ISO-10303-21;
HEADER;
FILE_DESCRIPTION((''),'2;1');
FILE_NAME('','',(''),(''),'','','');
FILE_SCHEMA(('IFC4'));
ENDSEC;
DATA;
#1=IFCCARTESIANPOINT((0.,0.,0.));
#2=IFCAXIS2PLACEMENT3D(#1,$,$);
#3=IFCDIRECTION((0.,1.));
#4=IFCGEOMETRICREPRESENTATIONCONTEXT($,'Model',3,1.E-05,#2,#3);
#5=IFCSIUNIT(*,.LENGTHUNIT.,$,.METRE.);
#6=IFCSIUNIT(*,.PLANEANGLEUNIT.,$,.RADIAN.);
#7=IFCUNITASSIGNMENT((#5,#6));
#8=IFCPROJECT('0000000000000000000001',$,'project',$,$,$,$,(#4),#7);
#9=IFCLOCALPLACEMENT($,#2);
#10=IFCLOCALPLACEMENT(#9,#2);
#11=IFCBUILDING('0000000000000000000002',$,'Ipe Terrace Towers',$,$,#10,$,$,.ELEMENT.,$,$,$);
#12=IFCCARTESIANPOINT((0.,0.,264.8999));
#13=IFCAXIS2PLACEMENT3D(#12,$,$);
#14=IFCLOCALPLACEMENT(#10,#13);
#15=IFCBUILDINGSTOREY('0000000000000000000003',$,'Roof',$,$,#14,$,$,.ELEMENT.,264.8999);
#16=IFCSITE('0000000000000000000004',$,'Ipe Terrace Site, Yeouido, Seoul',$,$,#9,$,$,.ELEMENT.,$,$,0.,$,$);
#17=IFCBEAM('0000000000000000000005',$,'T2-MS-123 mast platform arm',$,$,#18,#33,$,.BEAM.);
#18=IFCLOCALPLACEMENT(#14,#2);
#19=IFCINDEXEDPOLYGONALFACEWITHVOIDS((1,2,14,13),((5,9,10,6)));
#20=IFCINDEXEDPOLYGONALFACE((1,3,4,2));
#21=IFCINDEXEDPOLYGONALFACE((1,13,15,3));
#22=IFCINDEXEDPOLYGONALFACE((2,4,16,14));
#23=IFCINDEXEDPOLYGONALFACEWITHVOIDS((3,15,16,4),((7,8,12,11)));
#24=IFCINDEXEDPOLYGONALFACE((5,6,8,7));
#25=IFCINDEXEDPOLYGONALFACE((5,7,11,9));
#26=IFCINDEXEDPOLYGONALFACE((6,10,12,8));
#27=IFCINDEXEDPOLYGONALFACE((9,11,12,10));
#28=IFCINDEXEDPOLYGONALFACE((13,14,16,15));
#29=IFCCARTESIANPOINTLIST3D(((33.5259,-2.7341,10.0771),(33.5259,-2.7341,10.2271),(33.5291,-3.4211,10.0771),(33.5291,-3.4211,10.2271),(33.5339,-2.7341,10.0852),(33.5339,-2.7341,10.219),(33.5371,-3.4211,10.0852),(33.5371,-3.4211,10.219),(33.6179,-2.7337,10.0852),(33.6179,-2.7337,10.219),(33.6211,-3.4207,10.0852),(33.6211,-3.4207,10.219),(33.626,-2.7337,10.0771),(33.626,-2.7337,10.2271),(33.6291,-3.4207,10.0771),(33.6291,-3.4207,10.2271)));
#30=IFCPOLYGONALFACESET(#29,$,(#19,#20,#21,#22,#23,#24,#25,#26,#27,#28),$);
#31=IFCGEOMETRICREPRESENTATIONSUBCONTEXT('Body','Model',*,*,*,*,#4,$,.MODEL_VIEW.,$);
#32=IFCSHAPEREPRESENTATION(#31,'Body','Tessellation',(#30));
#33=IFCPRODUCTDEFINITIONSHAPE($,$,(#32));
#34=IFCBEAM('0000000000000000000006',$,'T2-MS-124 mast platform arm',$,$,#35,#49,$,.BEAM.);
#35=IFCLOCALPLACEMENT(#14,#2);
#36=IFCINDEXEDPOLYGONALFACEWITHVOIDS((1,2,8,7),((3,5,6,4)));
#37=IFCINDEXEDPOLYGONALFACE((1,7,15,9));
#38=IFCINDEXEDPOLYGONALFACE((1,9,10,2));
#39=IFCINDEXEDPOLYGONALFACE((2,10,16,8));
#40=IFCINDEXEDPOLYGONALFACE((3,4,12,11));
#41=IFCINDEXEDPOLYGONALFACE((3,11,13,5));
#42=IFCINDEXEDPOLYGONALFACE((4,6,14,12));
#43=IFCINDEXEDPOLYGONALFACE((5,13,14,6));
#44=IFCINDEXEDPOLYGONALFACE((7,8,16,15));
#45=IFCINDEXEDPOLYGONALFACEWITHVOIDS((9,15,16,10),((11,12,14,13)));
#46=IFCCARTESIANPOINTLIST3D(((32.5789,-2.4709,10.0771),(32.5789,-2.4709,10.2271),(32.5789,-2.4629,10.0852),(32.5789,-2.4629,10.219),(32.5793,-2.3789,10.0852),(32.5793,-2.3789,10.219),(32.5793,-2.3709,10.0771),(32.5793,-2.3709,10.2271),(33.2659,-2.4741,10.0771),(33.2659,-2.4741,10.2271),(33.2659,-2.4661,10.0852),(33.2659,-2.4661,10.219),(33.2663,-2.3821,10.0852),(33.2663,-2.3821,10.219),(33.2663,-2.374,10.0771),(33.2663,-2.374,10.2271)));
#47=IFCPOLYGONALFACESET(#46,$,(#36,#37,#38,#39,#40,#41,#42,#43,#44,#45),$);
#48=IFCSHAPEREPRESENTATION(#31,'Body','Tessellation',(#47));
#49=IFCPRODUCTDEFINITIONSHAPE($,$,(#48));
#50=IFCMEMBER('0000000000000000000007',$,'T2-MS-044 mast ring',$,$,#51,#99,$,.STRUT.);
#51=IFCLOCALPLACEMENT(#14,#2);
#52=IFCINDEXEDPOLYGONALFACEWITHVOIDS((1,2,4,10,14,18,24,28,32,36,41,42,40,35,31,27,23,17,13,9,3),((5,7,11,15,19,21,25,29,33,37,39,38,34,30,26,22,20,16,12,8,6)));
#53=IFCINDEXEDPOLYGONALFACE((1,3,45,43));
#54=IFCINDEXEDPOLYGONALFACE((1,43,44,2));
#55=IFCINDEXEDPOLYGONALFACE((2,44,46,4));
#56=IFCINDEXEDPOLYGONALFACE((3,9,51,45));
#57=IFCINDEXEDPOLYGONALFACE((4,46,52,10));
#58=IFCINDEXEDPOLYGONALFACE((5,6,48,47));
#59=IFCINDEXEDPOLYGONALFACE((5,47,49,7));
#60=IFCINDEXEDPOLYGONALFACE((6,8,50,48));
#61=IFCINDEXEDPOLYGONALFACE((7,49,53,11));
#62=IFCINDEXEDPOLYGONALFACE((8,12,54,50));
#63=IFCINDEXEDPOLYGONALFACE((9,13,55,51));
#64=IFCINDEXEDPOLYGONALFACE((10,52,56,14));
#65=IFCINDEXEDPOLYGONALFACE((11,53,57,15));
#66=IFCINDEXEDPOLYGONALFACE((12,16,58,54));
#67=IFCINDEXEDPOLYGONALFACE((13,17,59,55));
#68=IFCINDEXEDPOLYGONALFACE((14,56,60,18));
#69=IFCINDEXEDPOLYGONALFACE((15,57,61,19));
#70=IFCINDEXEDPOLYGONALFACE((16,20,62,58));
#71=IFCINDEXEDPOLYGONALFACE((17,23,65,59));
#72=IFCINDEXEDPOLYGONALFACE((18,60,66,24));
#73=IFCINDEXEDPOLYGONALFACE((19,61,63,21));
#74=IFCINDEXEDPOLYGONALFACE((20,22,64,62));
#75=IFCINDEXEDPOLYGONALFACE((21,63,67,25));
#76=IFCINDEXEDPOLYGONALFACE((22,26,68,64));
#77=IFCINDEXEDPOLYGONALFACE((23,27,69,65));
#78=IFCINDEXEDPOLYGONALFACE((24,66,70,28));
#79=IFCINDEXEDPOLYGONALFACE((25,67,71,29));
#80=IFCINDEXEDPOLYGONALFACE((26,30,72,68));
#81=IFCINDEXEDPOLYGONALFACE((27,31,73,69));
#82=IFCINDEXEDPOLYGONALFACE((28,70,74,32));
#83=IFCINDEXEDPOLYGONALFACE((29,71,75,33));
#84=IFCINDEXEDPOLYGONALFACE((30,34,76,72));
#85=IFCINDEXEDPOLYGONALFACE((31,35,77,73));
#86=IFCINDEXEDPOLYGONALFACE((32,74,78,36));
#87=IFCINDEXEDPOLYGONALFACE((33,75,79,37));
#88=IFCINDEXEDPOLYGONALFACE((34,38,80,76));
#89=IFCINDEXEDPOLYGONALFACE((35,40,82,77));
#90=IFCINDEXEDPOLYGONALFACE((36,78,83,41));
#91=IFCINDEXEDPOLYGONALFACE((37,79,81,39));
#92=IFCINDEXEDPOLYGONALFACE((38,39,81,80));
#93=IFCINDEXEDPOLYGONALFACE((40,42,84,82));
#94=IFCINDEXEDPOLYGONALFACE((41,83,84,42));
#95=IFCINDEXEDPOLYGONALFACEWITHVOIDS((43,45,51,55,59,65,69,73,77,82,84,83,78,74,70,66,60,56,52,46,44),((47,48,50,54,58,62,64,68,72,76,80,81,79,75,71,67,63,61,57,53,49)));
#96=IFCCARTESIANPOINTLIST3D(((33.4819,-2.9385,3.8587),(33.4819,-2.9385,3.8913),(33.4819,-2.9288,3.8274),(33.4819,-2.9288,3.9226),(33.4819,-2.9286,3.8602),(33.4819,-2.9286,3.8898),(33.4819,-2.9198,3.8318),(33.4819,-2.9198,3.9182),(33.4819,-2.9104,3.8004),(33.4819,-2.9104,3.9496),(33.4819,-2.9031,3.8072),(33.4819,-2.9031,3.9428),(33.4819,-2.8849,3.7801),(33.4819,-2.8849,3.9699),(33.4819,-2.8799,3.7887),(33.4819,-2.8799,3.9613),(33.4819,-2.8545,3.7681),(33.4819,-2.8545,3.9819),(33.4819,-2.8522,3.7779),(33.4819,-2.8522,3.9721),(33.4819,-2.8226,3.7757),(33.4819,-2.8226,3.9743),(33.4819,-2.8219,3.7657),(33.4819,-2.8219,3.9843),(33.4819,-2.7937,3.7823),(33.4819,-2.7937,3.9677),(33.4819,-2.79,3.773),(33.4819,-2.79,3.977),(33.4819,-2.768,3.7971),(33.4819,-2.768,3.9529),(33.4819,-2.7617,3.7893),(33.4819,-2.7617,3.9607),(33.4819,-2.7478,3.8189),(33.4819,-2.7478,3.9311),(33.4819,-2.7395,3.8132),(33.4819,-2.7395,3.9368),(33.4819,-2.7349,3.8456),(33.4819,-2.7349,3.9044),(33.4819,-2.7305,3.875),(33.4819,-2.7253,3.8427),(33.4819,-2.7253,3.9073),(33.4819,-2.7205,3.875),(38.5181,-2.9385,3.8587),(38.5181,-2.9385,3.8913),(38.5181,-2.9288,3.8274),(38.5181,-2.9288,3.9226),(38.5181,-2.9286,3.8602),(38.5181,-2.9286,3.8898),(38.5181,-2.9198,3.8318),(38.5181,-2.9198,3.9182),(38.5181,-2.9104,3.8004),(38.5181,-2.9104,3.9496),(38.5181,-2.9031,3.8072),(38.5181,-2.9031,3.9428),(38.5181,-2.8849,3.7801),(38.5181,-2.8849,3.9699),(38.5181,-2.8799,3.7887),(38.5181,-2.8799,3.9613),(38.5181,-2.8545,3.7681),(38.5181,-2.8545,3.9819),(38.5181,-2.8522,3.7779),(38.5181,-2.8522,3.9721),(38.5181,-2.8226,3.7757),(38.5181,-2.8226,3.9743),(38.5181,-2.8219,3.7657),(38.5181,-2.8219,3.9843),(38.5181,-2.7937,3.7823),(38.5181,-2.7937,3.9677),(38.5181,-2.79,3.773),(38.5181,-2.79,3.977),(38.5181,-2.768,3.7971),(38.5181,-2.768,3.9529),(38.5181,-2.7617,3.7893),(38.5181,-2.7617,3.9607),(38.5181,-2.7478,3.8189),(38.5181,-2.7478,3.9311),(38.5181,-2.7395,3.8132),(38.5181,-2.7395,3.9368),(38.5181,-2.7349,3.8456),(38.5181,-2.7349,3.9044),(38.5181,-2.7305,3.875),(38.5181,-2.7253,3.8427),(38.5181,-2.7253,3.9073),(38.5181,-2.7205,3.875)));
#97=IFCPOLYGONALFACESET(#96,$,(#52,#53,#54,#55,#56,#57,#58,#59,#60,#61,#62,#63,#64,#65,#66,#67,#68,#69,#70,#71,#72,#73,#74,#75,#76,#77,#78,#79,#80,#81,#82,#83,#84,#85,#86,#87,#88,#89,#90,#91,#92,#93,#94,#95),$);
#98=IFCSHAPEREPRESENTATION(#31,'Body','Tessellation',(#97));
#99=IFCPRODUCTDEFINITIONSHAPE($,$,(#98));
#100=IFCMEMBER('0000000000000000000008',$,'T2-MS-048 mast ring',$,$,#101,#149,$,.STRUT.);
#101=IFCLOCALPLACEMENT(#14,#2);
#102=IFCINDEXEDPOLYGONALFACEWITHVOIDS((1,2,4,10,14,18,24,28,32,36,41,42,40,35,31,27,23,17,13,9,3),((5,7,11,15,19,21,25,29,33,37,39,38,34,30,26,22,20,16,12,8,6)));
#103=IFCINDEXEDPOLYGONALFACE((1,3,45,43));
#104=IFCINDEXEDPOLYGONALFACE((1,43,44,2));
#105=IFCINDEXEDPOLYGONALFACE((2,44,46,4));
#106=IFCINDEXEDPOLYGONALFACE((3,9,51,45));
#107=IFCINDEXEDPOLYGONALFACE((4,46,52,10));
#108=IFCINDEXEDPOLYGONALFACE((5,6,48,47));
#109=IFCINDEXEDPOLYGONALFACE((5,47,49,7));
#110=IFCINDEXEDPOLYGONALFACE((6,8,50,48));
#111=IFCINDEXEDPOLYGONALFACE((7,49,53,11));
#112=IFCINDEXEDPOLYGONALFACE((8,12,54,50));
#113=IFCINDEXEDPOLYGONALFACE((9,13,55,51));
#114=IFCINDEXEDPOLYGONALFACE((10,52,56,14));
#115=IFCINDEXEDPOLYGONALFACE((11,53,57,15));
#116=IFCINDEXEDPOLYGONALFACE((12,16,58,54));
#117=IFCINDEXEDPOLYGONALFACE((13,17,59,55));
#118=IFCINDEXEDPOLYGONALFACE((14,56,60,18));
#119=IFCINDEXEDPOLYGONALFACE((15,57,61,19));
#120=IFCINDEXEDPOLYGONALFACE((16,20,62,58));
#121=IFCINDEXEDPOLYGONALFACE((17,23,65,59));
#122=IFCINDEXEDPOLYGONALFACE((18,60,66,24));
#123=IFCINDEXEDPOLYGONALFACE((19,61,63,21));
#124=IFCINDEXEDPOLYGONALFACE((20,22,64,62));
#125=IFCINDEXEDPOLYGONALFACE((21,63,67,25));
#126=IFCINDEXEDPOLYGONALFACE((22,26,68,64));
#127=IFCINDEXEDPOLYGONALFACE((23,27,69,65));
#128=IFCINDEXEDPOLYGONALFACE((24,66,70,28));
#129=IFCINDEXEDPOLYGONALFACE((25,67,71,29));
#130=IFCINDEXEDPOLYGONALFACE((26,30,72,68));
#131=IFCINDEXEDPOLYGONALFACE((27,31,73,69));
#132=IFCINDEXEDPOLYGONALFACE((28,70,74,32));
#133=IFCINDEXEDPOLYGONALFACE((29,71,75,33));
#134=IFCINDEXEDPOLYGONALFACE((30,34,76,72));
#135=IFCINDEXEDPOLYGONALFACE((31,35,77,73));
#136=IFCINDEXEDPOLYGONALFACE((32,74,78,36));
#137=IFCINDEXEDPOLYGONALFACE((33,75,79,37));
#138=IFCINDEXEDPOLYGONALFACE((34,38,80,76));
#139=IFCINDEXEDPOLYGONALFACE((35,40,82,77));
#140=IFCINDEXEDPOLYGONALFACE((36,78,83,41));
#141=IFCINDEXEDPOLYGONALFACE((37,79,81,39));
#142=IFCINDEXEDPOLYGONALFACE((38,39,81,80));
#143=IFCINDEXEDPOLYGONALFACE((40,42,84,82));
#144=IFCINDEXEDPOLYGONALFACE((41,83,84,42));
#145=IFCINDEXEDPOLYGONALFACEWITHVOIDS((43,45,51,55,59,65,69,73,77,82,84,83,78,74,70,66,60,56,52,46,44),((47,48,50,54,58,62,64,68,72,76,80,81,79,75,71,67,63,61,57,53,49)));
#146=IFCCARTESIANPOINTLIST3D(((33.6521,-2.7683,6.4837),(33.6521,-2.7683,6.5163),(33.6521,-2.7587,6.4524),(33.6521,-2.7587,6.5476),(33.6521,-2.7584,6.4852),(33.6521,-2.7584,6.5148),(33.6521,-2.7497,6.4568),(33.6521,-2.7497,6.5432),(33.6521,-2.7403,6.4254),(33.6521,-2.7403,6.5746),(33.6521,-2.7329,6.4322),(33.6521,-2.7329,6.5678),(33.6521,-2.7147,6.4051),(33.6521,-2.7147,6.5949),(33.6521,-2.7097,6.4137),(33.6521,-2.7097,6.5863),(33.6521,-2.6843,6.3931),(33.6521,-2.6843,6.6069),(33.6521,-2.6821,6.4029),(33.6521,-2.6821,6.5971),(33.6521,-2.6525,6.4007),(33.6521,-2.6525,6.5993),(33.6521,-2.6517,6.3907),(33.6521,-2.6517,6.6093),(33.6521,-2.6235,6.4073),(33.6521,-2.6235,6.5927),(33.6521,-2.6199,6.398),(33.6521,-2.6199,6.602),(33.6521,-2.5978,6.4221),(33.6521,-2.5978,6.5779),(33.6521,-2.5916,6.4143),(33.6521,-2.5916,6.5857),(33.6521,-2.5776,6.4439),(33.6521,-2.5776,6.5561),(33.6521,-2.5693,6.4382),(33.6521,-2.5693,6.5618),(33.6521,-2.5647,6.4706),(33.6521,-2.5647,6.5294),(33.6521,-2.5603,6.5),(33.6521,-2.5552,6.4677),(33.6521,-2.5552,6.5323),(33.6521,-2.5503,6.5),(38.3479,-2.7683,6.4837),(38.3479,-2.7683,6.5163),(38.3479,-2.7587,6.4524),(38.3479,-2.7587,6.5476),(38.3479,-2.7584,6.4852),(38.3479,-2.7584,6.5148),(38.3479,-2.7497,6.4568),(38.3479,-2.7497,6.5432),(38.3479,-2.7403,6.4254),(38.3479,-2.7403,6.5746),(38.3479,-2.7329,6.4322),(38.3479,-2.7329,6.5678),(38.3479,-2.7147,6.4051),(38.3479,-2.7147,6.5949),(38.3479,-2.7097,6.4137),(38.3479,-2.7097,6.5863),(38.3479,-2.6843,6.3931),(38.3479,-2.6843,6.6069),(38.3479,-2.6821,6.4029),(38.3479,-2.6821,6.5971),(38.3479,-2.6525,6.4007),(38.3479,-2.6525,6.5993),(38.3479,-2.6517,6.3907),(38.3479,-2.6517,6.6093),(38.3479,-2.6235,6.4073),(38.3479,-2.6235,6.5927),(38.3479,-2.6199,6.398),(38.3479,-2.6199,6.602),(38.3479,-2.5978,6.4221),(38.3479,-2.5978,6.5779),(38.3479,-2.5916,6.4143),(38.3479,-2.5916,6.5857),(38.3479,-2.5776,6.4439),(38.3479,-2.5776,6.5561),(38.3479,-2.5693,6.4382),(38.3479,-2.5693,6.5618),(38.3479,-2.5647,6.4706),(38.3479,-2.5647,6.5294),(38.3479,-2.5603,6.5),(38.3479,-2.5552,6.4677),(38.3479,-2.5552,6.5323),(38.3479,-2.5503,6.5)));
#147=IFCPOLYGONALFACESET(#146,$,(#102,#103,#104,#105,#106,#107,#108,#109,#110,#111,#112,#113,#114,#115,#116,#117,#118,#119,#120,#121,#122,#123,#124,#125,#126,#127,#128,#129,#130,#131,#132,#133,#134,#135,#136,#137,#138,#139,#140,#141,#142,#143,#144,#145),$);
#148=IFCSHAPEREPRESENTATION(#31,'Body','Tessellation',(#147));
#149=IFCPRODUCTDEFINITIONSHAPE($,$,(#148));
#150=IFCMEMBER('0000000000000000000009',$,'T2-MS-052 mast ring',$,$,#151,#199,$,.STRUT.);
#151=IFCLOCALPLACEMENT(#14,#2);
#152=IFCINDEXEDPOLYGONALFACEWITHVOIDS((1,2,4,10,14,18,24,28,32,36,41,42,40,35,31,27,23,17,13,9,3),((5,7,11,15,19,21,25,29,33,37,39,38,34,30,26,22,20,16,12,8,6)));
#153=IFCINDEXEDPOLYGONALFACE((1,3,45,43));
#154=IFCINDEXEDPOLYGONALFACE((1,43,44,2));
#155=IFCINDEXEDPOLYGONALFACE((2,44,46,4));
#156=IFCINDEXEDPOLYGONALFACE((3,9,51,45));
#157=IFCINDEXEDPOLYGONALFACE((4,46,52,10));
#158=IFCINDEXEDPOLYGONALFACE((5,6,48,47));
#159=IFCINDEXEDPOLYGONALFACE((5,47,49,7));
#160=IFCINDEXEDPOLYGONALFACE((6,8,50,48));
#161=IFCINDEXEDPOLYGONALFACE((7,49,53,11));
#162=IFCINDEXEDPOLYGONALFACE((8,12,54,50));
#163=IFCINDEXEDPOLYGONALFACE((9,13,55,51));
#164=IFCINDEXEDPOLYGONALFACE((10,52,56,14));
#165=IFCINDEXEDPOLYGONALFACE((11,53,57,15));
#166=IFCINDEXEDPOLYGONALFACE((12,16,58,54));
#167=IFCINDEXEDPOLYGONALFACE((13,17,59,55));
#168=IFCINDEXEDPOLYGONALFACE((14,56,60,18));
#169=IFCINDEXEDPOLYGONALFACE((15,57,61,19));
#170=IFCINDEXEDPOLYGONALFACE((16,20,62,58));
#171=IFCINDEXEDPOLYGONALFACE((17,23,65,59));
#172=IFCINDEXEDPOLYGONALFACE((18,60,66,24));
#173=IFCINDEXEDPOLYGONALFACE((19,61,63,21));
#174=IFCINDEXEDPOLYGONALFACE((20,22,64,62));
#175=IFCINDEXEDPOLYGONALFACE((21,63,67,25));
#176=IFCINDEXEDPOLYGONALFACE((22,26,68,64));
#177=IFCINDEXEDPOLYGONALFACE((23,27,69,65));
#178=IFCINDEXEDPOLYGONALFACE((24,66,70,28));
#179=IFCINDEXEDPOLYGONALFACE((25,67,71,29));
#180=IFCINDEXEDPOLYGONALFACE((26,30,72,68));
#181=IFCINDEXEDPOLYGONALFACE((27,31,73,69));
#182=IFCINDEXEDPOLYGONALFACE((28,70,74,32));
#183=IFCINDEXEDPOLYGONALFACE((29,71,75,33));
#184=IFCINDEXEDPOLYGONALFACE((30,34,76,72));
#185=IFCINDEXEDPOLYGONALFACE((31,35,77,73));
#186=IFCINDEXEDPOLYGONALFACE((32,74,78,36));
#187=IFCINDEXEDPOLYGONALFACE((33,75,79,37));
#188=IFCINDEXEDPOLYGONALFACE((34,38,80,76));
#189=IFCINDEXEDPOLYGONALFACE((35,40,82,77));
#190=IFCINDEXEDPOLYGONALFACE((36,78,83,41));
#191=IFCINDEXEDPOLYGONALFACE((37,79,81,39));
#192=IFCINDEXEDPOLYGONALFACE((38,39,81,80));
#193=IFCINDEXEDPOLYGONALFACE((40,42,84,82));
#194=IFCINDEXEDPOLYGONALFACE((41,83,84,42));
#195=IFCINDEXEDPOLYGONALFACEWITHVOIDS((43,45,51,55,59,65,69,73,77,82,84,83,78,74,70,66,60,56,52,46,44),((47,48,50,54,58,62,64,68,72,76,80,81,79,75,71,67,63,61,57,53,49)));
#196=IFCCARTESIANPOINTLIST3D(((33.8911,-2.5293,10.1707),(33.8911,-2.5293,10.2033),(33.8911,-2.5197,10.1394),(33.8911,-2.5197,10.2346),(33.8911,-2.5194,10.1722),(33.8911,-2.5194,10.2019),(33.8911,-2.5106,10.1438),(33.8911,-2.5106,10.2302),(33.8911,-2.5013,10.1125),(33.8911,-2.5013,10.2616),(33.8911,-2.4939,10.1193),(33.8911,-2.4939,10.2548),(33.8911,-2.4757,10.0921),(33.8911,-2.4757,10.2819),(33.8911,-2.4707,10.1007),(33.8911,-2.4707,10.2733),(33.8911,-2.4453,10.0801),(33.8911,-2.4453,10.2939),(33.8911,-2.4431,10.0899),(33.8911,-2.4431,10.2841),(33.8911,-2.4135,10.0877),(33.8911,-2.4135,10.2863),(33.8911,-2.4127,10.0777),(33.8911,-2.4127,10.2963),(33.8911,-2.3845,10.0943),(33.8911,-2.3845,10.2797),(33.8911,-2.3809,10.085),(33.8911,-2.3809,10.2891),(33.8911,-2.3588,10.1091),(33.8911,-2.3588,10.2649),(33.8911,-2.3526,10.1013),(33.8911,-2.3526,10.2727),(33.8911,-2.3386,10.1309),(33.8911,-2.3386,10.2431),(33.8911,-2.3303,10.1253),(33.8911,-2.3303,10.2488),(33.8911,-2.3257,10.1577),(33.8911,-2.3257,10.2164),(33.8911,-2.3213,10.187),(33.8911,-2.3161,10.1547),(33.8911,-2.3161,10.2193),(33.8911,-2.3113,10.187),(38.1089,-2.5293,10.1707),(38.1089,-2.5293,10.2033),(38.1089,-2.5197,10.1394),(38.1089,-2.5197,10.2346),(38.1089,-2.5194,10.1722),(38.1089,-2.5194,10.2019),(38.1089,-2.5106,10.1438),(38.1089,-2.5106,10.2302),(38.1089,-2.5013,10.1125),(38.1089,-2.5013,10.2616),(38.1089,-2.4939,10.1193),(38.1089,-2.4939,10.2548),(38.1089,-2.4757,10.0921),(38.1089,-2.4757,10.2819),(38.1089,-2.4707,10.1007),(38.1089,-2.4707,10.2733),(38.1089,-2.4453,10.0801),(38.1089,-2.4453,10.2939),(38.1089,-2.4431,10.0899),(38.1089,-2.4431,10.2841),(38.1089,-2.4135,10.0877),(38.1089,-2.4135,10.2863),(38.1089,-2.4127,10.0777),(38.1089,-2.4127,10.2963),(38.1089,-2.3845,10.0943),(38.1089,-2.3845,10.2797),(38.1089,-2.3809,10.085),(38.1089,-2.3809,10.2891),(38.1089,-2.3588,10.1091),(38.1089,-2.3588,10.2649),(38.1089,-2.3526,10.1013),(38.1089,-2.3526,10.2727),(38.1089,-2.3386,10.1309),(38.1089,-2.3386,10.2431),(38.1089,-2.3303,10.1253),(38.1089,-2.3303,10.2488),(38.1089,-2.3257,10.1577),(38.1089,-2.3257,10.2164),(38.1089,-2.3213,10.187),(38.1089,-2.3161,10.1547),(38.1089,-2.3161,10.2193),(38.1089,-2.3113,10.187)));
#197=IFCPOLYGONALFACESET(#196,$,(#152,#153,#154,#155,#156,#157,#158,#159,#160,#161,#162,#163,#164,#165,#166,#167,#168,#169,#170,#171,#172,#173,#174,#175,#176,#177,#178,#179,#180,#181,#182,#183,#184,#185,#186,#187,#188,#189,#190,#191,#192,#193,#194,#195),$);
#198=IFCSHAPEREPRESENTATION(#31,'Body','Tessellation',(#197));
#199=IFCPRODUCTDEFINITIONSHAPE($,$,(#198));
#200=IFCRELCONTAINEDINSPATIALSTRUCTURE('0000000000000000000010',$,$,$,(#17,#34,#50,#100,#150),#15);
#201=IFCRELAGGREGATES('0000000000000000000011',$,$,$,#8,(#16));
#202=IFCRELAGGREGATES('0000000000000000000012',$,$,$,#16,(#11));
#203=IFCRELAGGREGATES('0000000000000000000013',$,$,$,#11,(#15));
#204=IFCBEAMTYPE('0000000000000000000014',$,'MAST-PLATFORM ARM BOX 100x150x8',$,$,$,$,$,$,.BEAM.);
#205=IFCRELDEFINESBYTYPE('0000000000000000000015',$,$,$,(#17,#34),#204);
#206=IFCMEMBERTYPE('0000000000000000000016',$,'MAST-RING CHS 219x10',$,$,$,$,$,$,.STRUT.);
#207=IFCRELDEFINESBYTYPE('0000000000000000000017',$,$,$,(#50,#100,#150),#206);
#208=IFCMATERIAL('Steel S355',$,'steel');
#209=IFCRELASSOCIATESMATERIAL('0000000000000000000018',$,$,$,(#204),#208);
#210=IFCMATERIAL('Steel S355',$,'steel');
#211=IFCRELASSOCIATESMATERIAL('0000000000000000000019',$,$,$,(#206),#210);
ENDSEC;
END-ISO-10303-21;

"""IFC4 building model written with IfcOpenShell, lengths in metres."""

from ifc_helpers import new_model, si_unit, direction, frame, origin, origin_2d, place, context, subcontext, project, spatial, hollow_rectangle, hollow_circle, extrude, material, material_profile, profile_set, type_object, element, save


model = new_model("IFC4")

# Units and contexts
model_context = context("Model", 3, precision=1e-05, world=origin(), true_north=direction((0.0, 1.0)))
body_context = subcontext(model_context, "Body", "Model", "MODEL_VIEW")
ifc_project = project(units=[si_unit("LENGTHUNIT", "METRE"), si_unit("PLANEANGLEUNIT", "RADIAN")], contexts=[model_context])

# Site, building, storey
site_placement = place(None, origin())
site = spatial("IfcSite", under=ifc_project, at=site_placement, Name="Ipe Terrace Site, Yeouido, Seoul", CompositionType="ELEMENT", RefElevation=0.0)
building_placement = place(site_placement, origin())
building = spatial("IfcBuilding", under=site, at=building_placement, Name="Ipe Terrace Towers", CompositionType="ELEMENT")
storey_placement = place(building_placement, frame((0.0, 0.0, 264.8999)))
storey = spatial("IfcBuildingStorey", under=building, at=storey_placement, Name="Roof", CompositionType="ELEMENT", Elevation=264.8999)

# Beams
ifc_material_1 = material(Name="Steel S355", Category="steel")
ifc_material_profile_1 = material_profile(ifc_material_1, hollow_rectangle(XDim=0.1001, YDim=0.1499, WallThickness=0.0081, at=origin_2d()), Name="MAST-PLATFORM ARM BOX 100x150x8")
ifc_profile_set_1 = profile_set([ifc_material_profile_1], Name="Steel S355")
beam_type = type_object("IfcBeamType", Name="MAST-PLATFORM ARM BOX 100x150x8", PredefinedType="BEAM", material=ifc_profile_set_1)
for number, where, z_axis, x_axis, name in (
    (1, (33.5759, -2.7339, 10.1521), (0.00462, -0.999989, 0.0), (0.999989, 0.00462, 0.0), "T2-MS-123 mast platform arm"),
    (2, (33.2661, -2.4241, 10.1521), (-0.999989, 0.00462, 0.0), (-0.00462, -0.999989, 0.0), "T2-MS-124 mast platform arm"),
):
    element("IfcBeam", number, at=place(storey_placement, frame(where, z_axis=z_axis, x_axis=x_axis)), inside=storey, type_object=beam_type, Name=name, PredefinedType="BEAM", context=body_context, shape_type="SweptSolid", body=[
        extrude(hollow_rectangle(XDim=0.1001, YDim=0.1499, WallThickness=0.0081, at=origin_2d()), origin(), (0.0, 0.0, 1.0), 0.687),
    ])

# Members
ifc_material_2 = material(Name="Steel S355", Category="steel")
ifc_material_profile_2 = material_profile(ifc_material_2, hollow_circle(Radius=0.1096, WallThickness=0.01, at=origin_2d()), Name="MAST-RING CHS 219x10")
ifc_profile_set_2 = profile_set([ifc_material_profile_2], Name="Steel S355")
member_type_1 = type_object("IfcMemberType", Name="MAST-RING CHS 219x10", PredefinedType="STRUT", material=ifc_profile_set_2)
member_1_placement = place(storey_placement, frame((33.4819, -2.8301, 3.875), z_axis=(1.0, 0.0, 0.0), x_axis=(0.0, 1.0, 0.0)))
element("IfcMember", 3, at=member_1_placement, inside=storey, type_object=member_type_1, Name="T2-MS-044 mast ring", PredefinedType="STRUT", context=body_context, shape_type="SweptSolid", body=[
    extrude(hollow_circle(Radius=0.1096, WallThickness=0.01, at=origin_2d()), origin(), (0.0, 0.0, 1.0), 5.0361),
])
member_2_placement = place(storey_placement, frame((33.6521, -2.6599, 6.5), z_axis=(1.0, 0.0, 0.0), x_axis=(0.0, 1.0, 0.0)))
element("IfcMember", 4, at=member_2_placement, inside=storey, type_object=member_type_1, Name="T2-MS-048 mast ring", PredefinedType="STRUT", context=body_context, shape_type="SweptSolid", body=[
    extrude(hollow_circle(Radius=0.1096, WallThickness=0.01, at=origin_2d()), origin(), (0.0, 0.0, 1.0), 4.6958),
])
member_3_placement = place(storey_placement, frame((33.8911, -2.4209, 10.187), z_axis=(1.0, 0.0, 0.0), x_axis=(0.0, 1.0, 0.0)))
element("IfcMember", 5, at=member_3_placement, inside=storey, type_object=member_type_1, Name="T2-MS-052 mast ring", PredefinedType="STRUT", context=body_context, shape_type="SweptSolid", body=[
    extrude(hollow_circle(Radius=0.1096, WallThickness=0.01, at=origin_2d()), origin(), (0.0, 0.0, 1.0), 4.2178),
])

save(model, "model.ifc")
